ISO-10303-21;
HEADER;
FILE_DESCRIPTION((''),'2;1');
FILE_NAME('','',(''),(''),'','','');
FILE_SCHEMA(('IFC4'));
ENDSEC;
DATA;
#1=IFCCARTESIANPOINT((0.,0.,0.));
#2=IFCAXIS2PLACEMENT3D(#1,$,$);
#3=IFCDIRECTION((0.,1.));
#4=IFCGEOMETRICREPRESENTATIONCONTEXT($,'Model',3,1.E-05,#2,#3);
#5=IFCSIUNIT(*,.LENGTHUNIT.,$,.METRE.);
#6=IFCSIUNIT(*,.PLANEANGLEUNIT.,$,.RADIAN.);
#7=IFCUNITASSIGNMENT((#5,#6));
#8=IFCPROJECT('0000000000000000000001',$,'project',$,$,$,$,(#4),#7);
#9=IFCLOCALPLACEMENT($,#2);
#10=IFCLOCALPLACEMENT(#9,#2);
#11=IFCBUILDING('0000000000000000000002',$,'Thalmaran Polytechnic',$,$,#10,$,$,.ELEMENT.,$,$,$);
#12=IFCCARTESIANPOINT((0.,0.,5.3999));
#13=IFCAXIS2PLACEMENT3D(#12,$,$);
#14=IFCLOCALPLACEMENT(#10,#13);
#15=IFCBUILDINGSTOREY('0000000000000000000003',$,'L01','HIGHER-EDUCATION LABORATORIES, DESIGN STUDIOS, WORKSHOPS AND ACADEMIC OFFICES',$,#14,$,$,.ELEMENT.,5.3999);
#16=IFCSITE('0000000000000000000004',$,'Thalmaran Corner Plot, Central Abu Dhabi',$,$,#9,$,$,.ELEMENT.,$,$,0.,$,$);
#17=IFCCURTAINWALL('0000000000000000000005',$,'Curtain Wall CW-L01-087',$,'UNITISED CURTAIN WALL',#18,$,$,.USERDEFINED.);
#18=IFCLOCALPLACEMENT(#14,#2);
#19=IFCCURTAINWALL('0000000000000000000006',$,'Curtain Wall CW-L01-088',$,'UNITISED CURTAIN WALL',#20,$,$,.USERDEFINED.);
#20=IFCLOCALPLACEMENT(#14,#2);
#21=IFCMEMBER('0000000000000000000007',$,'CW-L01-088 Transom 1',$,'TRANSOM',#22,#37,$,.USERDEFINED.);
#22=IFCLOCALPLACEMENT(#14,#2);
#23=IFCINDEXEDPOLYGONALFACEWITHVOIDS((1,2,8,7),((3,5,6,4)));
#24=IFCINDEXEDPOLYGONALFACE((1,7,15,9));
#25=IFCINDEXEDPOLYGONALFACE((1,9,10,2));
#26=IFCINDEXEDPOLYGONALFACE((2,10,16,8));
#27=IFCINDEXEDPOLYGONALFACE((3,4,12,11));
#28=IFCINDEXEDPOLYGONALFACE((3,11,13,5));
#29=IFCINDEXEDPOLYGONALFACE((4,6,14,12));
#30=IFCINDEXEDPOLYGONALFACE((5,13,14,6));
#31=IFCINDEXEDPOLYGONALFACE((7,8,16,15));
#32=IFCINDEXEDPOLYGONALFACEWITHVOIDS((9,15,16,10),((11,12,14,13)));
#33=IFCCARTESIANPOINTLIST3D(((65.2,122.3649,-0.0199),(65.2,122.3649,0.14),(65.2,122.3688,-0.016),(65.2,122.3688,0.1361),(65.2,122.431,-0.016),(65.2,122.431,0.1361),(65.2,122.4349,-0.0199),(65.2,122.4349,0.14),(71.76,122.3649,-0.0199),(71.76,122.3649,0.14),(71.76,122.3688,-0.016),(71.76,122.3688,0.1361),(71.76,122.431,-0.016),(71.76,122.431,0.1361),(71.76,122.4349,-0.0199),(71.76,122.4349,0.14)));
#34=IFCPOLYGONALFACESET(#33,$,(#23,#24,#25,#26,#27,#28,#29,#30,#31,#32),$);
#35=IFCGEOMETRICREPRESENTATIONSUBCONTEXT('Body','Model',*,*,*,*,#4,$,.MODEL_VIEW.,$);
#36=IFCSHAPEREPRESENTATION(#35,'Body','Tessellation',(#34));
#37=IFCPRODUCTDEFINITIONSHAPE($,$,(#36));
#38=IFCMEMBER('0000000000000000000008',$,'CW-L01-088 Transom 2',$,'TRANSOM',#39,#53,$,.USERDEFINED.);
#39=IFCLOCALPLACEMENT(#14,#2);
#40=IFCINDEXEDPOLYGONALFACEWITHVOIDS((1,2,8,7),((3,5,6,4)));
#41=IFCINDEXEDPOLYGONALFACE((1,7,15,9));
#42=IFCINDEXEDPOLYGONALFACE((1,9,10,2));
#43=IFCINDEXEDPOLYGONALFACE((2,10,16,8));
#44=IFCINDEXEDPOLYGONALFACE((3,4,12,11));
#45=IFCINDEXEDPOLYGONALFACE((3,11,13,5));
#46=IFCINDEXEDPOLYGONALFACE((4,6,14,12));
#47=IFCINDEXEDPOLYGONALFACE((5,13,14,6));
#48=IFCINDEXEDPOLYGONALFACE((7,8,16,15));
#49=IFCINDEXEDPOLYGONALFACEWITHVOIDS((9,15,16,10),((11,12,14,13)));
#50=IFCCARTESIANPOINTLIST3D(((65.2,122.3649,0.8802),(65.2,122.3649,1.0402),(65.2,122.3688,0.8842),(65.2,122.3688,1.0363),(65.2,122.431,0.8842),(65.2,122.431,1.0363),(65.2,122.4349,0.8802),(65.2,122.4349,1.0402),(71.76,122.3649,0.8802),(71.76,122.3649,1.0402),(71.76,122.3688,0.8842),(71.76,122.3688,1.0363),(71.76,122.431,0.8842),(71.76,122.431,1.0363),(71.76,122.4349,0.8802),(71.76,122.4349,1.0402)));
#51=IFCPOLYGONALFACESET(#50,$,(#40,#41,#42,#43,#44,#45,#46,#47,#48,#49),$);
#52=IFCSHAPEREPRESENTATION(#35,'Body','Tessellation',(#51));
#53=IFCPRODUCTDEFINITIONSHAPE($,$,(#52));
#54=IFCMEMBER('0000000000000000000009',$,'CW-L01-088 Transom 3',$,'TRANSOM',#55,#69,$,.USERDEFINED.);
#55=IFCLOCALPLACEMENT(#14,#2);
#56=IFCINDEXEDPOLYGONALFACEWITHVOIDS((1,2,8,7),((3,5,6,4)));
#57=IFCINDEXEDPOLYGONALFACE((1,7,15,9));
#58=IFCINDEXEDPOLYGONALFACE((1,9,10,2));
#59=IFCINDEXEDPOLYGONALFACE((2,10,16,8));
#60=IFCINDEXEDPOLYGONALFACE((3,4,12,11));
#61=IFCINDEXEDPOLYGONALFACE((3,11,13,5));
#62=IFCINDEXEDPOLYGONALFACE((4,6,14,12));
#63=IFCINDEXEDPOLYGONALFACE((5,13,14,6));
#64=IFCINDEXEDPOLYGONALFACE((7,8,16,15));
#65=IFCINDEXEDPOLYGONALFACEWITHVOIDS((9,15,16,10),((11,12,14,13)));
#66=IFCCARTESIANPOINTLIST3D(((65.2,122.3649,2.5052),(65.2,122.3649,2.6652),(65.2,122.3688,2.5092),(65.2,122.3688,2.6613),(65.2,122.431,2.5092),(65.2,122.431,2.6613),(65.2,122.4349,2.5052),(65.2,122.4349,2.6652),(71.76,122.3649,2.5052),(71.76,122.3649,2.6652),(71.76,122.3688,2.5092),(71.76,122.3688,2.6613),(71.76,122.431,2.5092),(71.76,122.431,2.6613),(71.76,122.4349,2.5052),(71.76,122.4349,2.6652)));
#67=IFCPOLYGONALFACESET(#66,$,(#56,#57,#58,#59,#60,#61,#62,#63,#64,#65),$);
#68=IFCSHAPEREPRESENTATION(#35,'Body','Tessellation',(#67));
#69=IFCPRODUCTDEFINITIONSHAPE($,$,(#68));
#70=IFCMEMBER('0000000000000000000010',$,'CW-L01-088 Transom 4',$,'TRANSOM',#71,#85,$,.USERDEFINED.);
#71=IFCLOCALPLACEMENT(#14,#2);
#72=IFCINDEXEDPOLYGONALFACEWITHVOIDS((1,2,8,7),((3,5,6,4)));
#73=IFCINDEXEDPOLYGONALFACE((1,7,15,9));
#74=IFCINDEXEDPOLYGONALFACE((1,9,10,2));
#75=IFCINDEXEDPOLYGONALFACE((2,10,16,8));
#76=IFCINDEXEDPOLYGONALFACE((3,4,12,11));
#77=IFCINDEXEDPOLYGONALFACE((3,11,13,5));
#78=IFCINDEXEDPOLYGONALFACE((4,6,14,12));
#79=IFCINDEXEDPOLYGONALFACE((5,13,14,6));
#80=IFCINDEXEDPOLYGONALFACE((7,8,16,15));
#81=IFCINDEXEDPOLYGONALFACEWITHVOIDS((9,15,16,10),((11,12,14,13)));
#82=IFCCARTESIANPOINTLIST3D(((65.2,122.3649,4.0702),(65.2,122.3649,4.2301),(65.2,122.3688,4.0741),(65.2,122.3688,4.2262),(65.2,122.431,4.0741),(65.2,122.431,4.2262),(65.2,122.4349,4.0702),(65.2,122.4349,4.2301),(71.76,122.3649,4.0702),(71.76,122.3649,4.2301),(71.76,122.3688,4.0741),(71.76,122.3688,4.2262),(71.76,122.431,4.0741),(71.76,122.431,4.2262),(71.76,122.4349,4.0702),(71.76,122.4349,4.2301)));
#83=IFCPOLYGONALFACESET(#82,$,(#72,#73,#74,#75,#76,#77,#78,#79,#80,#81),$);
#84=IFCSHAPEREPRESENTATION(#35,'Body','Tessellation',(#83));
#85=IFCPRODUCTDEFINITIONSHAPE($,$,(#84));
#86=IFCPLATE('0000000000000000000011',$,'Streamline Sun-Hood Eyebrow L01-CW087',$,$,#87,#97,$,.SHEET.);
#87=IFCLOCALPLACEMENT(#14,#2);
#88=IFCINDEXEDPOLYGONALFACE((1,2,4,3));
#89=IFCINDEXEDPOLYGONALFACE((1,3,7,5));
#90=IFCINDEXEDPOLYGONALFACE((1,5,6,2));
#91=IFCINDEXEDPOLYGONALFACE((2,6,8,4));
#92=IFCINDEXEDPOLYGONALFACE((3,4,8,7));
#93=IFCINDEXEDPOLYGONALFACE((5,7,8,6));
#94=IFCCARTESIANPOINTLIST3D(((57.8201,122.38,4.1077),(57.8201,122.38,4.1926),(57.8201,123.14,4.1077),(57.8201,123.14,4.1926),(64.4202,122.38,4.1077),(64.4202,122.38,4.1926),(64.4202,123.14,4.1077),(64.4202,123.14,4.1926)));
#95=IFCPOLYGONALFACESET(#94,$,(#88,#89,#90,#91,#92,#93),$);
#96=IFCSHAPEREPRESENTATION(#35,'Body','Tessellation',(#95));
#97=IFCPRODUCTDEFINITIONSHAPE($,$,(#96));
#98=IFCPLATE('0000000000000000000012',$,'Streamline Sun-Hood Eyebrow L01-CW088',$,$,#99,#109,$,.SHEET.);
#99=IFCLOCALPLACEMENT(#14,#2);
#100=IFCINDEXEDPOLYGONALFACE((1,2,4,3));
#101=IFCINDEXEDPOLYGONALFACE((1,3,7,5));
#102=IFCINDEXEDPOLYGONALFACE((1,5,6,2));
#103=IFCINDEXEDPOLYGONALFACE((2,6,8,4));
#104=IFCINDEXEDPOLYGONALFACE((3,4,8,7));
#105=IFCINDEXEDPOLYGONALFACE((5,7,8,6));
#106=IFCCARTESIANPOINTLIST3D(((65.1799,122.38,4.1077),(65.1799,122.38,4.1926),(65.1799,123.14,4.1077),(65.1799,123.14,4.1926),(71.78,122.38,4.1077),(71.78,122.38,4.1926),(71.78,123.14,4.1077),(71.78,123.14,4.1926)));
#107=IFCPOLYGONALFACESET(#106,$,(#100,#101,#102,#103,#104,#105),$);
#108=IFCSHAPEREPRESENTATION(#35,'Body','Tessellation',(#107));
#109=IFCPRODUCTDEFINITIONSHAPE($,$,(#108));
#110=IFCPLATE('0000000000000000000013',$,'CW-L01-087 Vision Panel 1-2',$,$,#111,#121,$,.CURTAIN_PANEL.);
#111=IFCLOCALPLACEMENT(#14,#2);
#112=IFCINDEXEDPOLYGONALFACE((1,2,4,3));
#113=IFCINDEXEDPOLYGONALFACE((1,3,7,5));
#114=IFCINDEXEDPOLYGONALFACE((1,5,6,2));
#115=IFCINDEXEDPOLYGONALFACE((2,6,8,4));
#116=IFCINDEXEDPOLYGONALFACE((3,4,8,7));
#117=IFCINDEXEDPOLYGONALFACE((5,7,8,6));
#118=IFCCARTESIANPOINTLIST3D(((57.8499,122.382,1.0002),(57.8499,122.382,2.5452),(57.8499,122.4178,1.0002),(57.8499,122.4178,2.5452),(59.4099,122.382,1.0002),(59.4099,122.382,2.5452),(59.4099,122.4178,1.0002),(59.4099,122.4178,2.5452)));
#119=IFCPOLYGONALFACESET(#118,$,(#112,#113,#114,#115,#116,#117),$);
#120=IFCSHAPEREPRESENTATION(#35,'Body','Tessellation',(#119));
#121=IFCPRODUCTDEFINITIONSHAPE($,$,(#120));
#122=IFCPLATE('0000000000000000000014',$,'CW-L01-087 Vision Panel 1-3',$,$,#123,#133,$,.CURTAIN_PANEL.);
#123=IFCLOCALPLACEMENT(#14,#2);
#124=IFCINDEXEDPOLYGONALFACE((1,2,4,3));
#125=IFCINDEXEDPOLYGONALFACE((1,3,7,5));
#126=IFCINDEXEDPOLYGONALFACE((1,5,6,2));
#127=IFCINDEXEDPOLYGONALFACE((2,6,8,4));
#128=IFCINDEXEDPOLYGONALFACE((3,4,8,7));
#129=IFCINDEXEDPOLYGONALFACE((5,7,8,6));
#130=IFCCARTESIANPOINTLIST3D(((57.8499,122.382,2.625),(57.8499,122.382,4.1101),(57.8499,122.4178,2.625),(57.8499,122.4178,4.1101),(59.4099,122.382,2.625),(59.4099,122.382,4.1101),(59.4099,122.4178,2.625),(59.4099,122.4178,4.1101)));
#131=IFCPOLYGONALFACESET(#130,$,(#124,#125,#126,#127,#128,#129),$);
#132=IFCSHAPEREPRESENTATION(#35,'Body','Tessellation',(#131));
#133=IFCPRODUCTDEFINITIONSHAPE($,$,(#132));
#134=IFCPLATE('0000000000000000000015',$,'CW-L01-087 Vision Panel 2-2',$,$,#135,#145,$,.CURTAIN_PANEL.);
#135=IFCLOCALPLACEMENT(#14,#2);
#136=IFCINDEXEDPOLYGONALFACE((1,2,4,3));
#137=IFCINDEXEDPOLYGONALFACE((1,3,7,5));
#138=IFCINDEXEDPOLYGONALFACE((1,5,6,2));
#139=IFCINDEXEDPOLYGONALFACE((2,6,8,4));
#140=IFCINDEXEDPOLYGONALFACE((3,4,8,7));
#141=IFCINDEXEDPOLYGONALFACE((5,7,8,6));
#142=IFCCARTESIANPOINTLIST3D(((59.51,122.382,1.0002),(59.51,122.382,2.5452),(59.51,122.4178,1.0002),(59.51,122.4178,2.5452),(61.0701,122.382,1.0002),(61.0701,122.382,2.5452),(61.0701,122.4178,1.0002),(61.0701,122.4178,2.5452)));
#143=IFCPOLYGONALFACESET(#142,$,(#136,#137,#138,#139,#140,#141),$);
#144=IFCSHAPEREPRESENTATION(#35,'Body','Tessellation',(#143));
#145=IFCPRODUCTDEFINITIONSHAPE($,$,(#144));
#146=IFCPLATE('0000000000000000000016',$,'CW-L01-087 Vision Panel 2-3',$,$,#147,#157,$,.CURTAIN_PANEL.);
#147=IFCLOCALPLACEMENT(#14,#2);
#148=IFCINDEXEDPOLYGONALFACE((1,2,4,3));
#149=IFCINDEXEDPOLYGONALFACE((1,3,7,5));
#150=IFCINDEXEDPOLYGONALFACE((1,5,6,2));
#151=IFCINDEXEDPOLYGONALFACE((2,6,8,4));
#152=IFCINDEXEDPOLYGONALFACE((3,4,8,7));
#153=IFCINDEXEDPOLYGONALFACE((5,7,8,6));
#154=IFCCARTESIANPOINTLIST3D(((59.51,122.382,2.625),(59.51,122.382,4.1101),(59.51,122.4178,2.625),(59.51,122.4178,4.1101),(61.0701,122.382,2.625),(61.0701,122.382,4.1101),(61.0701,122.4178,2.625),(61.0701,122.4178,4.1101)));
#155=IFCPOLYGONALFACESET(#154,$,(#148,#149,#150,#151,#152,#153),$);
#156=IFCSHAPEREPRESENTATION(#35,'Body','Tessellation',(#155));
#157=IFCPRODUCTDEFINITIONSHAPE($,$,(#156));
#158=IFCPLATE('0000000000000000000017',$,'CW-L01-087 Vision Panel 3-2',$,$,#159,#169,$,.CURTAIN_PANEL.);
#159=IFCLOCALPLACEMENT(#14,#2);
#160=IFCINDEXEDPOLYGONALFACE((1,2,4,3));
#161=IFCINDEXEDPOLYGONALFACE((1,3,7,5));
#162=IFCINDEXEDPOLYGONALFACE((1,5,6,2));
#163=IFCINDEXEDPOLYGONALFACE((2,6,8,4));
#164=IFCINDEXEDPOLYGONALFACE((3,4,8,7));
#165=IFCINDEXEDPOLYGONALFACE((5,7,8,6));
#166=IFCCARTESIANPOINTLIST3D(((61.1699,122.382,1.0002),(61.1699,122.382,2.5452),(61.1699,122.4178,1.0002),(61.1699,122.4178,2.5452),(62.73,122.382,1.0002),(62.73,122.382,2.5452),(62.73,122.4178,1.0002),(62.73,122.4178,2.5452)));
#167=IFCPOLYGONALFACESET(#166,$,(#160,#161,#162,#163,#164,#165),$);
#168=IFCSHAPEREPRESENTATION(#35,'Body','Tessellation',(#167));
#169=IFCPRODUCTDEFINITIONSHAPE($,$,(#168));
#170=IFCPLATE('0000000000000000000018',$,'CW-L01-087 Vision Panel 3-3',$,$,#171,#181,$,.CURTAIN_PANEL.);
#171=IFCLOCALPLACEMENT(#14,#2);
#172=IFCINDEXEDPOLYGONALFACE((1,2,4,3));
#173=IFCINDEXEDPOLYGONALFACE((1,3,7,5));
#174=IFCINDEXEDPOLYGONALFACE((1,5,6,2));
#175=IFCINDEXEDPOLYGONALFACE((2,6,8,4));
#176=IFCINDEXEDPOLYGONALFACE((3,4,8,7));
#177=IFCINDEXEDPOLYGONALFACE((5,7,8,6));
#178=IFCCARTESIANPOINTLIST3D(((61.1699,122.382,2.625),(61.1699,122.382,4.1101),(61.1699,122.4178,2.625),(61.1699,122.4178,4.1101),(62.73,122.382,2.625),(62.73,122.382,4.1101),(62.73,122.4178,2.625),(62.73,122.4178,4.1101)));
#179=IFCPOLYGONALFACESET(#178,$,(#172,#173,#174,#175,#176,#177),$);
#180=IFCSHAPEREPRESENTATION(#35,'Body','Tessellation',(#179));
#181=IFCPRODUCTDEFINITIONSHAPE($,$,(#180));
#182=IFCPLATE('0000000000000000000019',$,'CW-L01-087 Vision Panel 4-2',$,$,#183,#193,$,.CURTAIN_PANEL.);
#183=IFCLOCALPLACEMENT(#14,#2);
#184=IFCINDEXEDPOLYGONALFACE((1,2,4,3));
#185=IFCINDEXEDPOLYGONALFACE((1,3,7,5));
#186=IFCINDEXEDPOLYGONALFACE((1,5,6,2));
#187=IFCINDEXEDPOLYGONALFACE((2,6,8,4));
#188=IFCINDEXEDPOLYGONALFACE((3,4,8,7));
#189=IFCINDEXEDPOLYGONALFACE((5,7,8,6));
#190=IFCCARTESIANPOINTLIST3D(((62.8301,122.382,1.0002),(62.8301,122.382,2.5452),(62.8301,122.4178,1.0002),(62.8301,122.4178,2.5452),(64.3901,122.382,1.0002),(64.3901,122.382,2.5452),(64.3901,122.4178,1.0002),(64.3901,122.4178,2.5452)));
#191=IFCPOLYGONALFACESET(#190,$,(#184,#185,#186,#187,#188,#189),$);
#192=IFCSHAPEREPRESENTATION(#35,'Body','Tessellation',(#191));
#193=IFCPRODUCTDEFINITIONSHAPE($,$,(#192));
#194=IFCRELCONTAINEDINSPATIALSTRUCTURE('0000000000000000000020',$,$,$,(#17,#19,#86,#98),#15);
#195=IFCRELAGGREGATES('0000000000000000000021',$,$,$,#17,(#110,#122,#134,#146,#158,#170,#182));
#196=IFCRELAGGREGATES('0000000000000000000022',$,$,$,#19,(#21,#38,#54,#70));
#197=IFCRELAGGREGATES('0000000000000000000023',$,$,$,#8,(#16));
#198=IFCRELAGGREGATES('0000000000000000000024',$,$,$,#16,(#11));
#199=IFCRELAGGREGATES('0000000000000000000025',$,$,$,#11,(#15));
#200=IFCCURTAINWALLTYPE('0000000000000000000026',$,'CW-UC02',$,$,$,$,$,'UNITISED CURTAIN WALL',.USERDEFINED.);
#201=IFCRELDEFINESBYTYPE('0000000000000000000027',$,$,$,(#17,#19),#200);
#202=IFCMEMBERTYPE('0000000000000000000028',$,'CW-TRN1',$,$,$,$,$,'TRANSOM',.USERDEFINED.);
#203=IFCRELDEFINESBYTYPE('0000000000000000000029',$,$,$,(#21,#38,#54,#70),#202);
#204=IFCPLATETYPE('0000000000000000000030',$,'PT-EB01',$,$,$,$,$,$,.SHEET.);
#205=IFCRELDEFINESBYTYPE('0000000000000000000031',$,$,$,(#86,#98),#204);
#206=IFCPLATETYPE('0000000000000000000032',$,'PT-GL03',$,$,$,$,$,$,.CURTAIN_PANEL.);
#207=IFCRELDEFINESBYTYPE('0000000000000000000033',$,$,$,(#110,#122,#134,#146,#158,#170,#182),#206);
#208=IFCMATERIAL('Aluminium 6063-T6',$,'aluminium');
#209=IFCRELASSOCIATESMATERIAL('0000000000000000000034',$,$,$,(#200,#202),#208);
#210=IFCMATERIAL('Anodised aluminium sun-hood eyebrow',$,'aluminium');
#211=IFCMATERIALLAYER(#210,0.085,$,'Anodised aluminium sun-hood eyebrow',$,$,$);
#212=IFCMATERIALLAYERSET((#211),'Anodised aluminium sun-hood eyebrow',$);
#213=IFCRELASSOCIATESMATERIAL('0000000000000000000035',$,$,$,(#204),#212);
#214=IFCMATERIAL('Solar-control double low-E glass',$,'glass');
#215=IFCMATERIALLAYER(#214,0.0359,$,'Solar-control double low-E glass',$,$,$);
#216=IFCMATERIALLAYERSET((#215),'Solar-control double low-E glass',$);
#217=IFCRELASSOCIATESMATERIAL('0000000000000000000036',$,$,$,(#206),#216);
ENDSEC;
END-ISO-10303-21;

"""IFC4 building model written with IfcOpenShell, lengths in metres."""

from ifc_helpers import new_model, si_unit, direction, frame, origin, origin_2d, place, context, subcontext, project, spatial, rectangle, hollow_rectangle, extrude, material, layer, layer_set, material_profile, profile_set, type_object, element, aggregate, save


model = new_model("IFC4")

# Units and contexts
model_context = context("Model", 3, precision=1e-05, world=origin(), true_north=direction((0.0, 1.0)))
body_context = subcontext(model_context, "Body", "Model", "MODEL_VIEW")
ifc_project = project(units=[si_unit("LENGTHUNIT", "METRE"), si_unit("PLANEANGLEUNIT", "RADIAN")], contexts=[model_context])

# Site, building, storey
site_placement = place(None, origin())
site = spatial("IfcSite", under=ifc_project, at=site_placement, Name="Thalmaran Corner Plot, Central Abu Dhabi", CompositionType="ELEMENT", RefElevation=0.0)
building_placement = place(site_placement, origin())
building = spatial("IfcBuilding", under=site, at=building_placement, Name="Thalmaran Polytechnic", CompositionType="ELEMENT")
storey_placement = place(building_placement, frame((0.0, 0.0, 5.3999)))
storey = spatial("IfcBuildingStorey", under=building, at=storey_placement, Name="L01", Description="HIGHER-EDUCATION LABORATORIES, DESIGN STUDIOS, WORKSHOPS AND ACADEMIC OFFICES", CompositionType="ELEMENT", Elevation=5.3999)

# Curtain walls
ifc_material_1 = material(Name="Aluminium 6063-T6", Category="aluminium")
curtain_wall_type = type_object("IfcCurtainWallType", Name="CW-UC02", ElementType="UNITISED CURTAIN WALL", PredefinedType="USERDEFINED", material=ifc_material_1)
curtain_wall_1_placement = place(storey_placement, origin())
curtain_wall_1 = element("IfcCurtainWall", 1, at=curtain_wall_1_placement, inside=storey, type_object=curtain_wall_type, Name="Curtain Wall CW-L01-087", ObjectType="UNITISED CURTAIN WALL", PredefinedType="USERDEFINED")
curtain_wall_2_placement = place(storey_placement, origin())
curtain_wall_2 = element("IfcCurtainWall", 2, at=curtain_wall_2_placement, inside=storey, type_object=curtain_wall_type, Name="Curtain Wall CW-L01-088", ObjectType="UNITISED CURTAIN WALL", PredefinedType="USERDEFINED")

# Members
ifc_material_profile_1 = material_profile(ifc_material_1, hollow_rectangle(XDim=0.0701, YDim=0.1599, WallThickness=0.0039, at=origin_2d()), Name="AL 160x70x4.0")
ifc_profile_set_1 = profile_set([ifc_material_profile_1], Name="Aluminium 6063-T6")
member_type_1 = type_object("IfcMemberType", Name="CW-TRN1", ElementType="TRANSOM", PredefinedType="USERDEFINED", material=ifc_profile_set_1)
member_1_placement = place(storey_placement, frame((65.2, 122.3999, 0.0601), z_axis=(1.0, 0.0, 0.0), x_axis=(0.0, 1.0, 0.0)))
member_1 = element("IfcMember", 3, at=member_1_placement, type_object=member_type_1, Name="CW-L01-088 Transom 1", ObjectType="TRANSOM", PredefinedType="USERDEFINED", context=body_context, shape_type="SweptSolid", body=[
    extrude(hollow_rectangle(XDim=0.0701, YDim=0.1599, WallThickness=0.0039, at=origin_2d()), origin(), (0.0, 0.0, 1.0), 6.5601),
])
member_2_placement = place(storey_placement, frame((65.2, 122.3999, 0.9602), z_axis=(1.0, 0.0, 0.0), x_axis=(0.0, 1.0, 0.0)))
member_2 = element("IfcMember", 4, at=member_2_placement, type_object=member_type_1, Name="CW-L01-088 Transom 2", ObjectType="TRANSOM", PredefinedType="USERDEFINED", context=body_context, shape_type="SweptSolid", body=[
    extrude(hollow_rectangle(XDim=0.0701, YDim=0.1599, WallThickness=0.0039, at=origin_2d()), origin(), (0.0, 0.0, 1.0), 6.5601),
])
member_3_placement = place(storey_placement, frame((65.2, 122.3999, 2.5852), z_axis=(1.0, 0.0, 0.0), x_axis=(0.0, 1.0, 0.0)))
member_3 = element("IfcMember", 5, at=member_3_placement, type_object=member_type_1, Name="CW-L01-088 Transom 3", ObjectType="TRANSOM", PredefinedType="USERDEFINED", context=body_context, shape_type="SweptSolid", body=[
    extrude(hollow_rectangle(XDim=0.0701, YDim=0.1599, WallThickness=0.0039, at=origin_2d()), origin(), (0.0, 0.0, 1.0), 6.5601),
])
member_4_placement = place(storey_placement, frame((65.2, 122.3999, 4.1501), z_axis=(1.0, 0.0, 0.0), x_axis=(0.0, 1.0, 0.0)))
member_4 = element("IfcMember", 6, at=member_4_placement, type_object=member_type_1, Name="CW-L01-088 Transom 4", ObjectType="TRANSOM", PredefinedType="USERDEFINED", context=body_context, shape_type="SweptSolid", body=[
    extrude(hollow_rectangle(XDim=0.0701, YDim=0.1599, WallThickness=0.0039, at=origin_2d()), origin(), (0.0, 0.0, 1.0), 6.5601),
])

# Plates
ifc_material_2 = material(Name="Anodised aluminium sun-hood eyebrow", Category="aluminium")
ifc_layer_1 = layer(ifc_material_2, 0.085, Name="Anodised aluminium sun-hood eyebrow")
ifc_layer_set_1 = layer_set([ifc_layer_1], Name="Anodised aluminium sun-hood eyebrow")
plate_type_1 = type_object("IfcPlateType", Name="PT-EB01", PredefinedType="SHEET", material=ifc_layer_set_1)
for number, where, z_axis, x_axis, name in (
    (7, (61.1201, 122.76, 4.1077), (0.0, 0.0, 1.0), (1.0, 0.0, 0.0), "Streamline Sun-Hood Eyebrow L01-CW087"),
    (8, (68.48, 122.76, 4.1077), (0.0, 0.0, 1.0), (1.0, 0.0, 0.0), "Streamline Sun-Hood Eyebrow L01-CW088"),
):
    element("IfcPlate", number, at=place(storey_placement, frame(where, z_axis=z_axis, x_axis=x_axis)), inside=storey, type_object=plate_type_1, Name=name, PredefinedType="SHEET", context=body_context, shape_type="SweptSolid", body=[
        extrude(rectangle(XDim=6.6001, YDim=0.76, at=origin_2d()), origin(), (0.0, 0.0, 1.0), 0.085),
    ])

# Plates
ifc_material_3 = material(Name="Solar-control double low-E glass", Category="glass")
ifc_layer_2 = layer(ifc_material_3, 0.0359, Name="Solar-control double low-E glass")
ifc_layer_set_2 = layer_set([ifc_layer_2], Name="Solar-control double low-E glass")
plate_type_2 = type_object("IfcPlateType", Name="PT-GL03", PredefinedType="CURTAIN_PANEL", material=ifc_layer_set_2)
plate_1_placement = place(storey_placement, frame((58.6299, 122.3999, 1.0002), z_axis=(0.0, 0.0, 1.0), x_axis=(1.0, 0.0, 0.0)))
plate_1 = element("IfcPlate", 9, at=plate_1_placement, type_object=plate_type_2, Name="CW-L01-087 Vision Panel 1-2", PredefinedType="CURTAIN_PANEL", context=body_context, shape_type="SweptSolid", body=[
    extrude(rectangle(XDim=1.5601, YDim=0.0359, at=origin_2d()), origin(), (0.0, 0.0, 1.0), 1.5449),
])
plate_2_placement = place(storey_placement, frame((58.6299, 122.3999, 2.625), z_axis=(0.0, 0.0, 1.0), x_axis=(1.0, 0.0, 0.0)))
plate_2 = element("IfcPlate", 10, at=plate_2_placement, type_object=plate_type_2, Name="CW-L01-087 Vision Panel 1-3", PredefinedType="CURTAIN_PANEL", context=body_context, shape_type="SweptSolid", body=[
    extrude(rectangle(XDim=1.5601, YDim=0.0359, at=origin_2d()), origin(), (0.0, 0.0, 1.0), 1.4851),
])
plate_3_placement = place(storey_placement, frame((60.29, 122.3999, 1.0002), z_axis=(0.0, 0.0, 1.0), x_axis=(1.0, 0.0, 0.0)))
plate_3 = element("IfcPlate", 11, at=plate_3_placement, type_object=plate_type_2, Name="CW-L01-087 Vision Panel 2-2", PredefinedType="CURTAIN_PANEL", context=body_context, shape_type="SweptSolid", body=[
    extrude(rectangle(XDim=1.5601, YDim=0.0359, at=origin_2d()), origin(), (0.0, 0.0, 1.0), 1.5449),
])
plate_4_placement = place(storey_placement, frame((60.29, 122.3999, 2.625), z_axis=(0.0, 0.0, 1.0), x_axis=(1.0, 0.0, 0.0)))
plate_4 = element("IfcPlate", 12, at=plate_4_placement, type_object=plate_type_2, Name="CW-L01-087 Vision Panel 2-3", PredefinedType="CURTAIN_PANEL", context=body_context, shape_type="SweptSolid", body=[
    extrude(rectangle(XDim=1.5601, YDim=0.0359, at=origin_2d()), origin(), (0.0, 0.0, 1.0), 1.4851),
])
plate_5_placement = place(storey_placement, frame((61.95, 122.3999, 1.0002), z_axis=(0.0, 0.0, 1.0), x_axis=(1.0, 0.0, 0.0)))
plate_5 = element("IfcPlate", 13, at=plate_5_placement, type_object=plate_type_2, Name="CW-L01-087 Vision Panel 3-2", PredefinedType="CURTAIN_PANEL", context=body_context, shape_type="SweptSolid", body=[
    extrude(rectangle(XDim=1.5601, YDim=0.0359, at=origin_2d()), origin(), (0.0, 0.0, 1.0), 1.5449),
])
plate_6_placement = place(storey_placement, frame((61.95, 122.3999, 2.625), z_axis=(0.0, 0.0, 1.0), x_axis=(1.0, 0.0, 0.0)))
plate_6 = element("IfcPlate", 14, at=plate_6_placement, type_object=plate_type_2, Name="CW-L01-087 Vision Panel 3-3", PredefinedType="CURTAIN_PANEL", context=body_context, shape_type="SweptSolid", body=[
    extrude(rectangle(XDim=1.5601, YDim=0.0359, at=origin_2d()), origin(), (0.0, 0.0, 1.0), 1.4851),
])
plate_7_placement = place(storey_placement, frame((63.6101, 122.3999, 1.0002), z_axis=(0.0, 0.0, 1.0), x_axis=(1.0, 0.0, 0.0)))
plate_7 = element("IfcPlate", 15, at=plate_7_placement, type_object=plate_type_2, Name="CW-L01-087 Vision Panel 4-2", PredefinedType="CURTAIN_PANEL", context=body_context, shape_type="SweptSolid", body=[
    extrude(rectangle(XDim=1.5601, YDim=0.0359, at=origin_2d()), origin(), (0.0, 0.0, 1.0), 1.5449),
])
aggregate(curtain_wall_1, [plate_1, plate_2, plate_3, plate_4, plate_5, plate_6, plate_7])
aggregate(curtain_wall_2, [member_1, member_2, member_3, member_4])

save(model, "model.ifc")
